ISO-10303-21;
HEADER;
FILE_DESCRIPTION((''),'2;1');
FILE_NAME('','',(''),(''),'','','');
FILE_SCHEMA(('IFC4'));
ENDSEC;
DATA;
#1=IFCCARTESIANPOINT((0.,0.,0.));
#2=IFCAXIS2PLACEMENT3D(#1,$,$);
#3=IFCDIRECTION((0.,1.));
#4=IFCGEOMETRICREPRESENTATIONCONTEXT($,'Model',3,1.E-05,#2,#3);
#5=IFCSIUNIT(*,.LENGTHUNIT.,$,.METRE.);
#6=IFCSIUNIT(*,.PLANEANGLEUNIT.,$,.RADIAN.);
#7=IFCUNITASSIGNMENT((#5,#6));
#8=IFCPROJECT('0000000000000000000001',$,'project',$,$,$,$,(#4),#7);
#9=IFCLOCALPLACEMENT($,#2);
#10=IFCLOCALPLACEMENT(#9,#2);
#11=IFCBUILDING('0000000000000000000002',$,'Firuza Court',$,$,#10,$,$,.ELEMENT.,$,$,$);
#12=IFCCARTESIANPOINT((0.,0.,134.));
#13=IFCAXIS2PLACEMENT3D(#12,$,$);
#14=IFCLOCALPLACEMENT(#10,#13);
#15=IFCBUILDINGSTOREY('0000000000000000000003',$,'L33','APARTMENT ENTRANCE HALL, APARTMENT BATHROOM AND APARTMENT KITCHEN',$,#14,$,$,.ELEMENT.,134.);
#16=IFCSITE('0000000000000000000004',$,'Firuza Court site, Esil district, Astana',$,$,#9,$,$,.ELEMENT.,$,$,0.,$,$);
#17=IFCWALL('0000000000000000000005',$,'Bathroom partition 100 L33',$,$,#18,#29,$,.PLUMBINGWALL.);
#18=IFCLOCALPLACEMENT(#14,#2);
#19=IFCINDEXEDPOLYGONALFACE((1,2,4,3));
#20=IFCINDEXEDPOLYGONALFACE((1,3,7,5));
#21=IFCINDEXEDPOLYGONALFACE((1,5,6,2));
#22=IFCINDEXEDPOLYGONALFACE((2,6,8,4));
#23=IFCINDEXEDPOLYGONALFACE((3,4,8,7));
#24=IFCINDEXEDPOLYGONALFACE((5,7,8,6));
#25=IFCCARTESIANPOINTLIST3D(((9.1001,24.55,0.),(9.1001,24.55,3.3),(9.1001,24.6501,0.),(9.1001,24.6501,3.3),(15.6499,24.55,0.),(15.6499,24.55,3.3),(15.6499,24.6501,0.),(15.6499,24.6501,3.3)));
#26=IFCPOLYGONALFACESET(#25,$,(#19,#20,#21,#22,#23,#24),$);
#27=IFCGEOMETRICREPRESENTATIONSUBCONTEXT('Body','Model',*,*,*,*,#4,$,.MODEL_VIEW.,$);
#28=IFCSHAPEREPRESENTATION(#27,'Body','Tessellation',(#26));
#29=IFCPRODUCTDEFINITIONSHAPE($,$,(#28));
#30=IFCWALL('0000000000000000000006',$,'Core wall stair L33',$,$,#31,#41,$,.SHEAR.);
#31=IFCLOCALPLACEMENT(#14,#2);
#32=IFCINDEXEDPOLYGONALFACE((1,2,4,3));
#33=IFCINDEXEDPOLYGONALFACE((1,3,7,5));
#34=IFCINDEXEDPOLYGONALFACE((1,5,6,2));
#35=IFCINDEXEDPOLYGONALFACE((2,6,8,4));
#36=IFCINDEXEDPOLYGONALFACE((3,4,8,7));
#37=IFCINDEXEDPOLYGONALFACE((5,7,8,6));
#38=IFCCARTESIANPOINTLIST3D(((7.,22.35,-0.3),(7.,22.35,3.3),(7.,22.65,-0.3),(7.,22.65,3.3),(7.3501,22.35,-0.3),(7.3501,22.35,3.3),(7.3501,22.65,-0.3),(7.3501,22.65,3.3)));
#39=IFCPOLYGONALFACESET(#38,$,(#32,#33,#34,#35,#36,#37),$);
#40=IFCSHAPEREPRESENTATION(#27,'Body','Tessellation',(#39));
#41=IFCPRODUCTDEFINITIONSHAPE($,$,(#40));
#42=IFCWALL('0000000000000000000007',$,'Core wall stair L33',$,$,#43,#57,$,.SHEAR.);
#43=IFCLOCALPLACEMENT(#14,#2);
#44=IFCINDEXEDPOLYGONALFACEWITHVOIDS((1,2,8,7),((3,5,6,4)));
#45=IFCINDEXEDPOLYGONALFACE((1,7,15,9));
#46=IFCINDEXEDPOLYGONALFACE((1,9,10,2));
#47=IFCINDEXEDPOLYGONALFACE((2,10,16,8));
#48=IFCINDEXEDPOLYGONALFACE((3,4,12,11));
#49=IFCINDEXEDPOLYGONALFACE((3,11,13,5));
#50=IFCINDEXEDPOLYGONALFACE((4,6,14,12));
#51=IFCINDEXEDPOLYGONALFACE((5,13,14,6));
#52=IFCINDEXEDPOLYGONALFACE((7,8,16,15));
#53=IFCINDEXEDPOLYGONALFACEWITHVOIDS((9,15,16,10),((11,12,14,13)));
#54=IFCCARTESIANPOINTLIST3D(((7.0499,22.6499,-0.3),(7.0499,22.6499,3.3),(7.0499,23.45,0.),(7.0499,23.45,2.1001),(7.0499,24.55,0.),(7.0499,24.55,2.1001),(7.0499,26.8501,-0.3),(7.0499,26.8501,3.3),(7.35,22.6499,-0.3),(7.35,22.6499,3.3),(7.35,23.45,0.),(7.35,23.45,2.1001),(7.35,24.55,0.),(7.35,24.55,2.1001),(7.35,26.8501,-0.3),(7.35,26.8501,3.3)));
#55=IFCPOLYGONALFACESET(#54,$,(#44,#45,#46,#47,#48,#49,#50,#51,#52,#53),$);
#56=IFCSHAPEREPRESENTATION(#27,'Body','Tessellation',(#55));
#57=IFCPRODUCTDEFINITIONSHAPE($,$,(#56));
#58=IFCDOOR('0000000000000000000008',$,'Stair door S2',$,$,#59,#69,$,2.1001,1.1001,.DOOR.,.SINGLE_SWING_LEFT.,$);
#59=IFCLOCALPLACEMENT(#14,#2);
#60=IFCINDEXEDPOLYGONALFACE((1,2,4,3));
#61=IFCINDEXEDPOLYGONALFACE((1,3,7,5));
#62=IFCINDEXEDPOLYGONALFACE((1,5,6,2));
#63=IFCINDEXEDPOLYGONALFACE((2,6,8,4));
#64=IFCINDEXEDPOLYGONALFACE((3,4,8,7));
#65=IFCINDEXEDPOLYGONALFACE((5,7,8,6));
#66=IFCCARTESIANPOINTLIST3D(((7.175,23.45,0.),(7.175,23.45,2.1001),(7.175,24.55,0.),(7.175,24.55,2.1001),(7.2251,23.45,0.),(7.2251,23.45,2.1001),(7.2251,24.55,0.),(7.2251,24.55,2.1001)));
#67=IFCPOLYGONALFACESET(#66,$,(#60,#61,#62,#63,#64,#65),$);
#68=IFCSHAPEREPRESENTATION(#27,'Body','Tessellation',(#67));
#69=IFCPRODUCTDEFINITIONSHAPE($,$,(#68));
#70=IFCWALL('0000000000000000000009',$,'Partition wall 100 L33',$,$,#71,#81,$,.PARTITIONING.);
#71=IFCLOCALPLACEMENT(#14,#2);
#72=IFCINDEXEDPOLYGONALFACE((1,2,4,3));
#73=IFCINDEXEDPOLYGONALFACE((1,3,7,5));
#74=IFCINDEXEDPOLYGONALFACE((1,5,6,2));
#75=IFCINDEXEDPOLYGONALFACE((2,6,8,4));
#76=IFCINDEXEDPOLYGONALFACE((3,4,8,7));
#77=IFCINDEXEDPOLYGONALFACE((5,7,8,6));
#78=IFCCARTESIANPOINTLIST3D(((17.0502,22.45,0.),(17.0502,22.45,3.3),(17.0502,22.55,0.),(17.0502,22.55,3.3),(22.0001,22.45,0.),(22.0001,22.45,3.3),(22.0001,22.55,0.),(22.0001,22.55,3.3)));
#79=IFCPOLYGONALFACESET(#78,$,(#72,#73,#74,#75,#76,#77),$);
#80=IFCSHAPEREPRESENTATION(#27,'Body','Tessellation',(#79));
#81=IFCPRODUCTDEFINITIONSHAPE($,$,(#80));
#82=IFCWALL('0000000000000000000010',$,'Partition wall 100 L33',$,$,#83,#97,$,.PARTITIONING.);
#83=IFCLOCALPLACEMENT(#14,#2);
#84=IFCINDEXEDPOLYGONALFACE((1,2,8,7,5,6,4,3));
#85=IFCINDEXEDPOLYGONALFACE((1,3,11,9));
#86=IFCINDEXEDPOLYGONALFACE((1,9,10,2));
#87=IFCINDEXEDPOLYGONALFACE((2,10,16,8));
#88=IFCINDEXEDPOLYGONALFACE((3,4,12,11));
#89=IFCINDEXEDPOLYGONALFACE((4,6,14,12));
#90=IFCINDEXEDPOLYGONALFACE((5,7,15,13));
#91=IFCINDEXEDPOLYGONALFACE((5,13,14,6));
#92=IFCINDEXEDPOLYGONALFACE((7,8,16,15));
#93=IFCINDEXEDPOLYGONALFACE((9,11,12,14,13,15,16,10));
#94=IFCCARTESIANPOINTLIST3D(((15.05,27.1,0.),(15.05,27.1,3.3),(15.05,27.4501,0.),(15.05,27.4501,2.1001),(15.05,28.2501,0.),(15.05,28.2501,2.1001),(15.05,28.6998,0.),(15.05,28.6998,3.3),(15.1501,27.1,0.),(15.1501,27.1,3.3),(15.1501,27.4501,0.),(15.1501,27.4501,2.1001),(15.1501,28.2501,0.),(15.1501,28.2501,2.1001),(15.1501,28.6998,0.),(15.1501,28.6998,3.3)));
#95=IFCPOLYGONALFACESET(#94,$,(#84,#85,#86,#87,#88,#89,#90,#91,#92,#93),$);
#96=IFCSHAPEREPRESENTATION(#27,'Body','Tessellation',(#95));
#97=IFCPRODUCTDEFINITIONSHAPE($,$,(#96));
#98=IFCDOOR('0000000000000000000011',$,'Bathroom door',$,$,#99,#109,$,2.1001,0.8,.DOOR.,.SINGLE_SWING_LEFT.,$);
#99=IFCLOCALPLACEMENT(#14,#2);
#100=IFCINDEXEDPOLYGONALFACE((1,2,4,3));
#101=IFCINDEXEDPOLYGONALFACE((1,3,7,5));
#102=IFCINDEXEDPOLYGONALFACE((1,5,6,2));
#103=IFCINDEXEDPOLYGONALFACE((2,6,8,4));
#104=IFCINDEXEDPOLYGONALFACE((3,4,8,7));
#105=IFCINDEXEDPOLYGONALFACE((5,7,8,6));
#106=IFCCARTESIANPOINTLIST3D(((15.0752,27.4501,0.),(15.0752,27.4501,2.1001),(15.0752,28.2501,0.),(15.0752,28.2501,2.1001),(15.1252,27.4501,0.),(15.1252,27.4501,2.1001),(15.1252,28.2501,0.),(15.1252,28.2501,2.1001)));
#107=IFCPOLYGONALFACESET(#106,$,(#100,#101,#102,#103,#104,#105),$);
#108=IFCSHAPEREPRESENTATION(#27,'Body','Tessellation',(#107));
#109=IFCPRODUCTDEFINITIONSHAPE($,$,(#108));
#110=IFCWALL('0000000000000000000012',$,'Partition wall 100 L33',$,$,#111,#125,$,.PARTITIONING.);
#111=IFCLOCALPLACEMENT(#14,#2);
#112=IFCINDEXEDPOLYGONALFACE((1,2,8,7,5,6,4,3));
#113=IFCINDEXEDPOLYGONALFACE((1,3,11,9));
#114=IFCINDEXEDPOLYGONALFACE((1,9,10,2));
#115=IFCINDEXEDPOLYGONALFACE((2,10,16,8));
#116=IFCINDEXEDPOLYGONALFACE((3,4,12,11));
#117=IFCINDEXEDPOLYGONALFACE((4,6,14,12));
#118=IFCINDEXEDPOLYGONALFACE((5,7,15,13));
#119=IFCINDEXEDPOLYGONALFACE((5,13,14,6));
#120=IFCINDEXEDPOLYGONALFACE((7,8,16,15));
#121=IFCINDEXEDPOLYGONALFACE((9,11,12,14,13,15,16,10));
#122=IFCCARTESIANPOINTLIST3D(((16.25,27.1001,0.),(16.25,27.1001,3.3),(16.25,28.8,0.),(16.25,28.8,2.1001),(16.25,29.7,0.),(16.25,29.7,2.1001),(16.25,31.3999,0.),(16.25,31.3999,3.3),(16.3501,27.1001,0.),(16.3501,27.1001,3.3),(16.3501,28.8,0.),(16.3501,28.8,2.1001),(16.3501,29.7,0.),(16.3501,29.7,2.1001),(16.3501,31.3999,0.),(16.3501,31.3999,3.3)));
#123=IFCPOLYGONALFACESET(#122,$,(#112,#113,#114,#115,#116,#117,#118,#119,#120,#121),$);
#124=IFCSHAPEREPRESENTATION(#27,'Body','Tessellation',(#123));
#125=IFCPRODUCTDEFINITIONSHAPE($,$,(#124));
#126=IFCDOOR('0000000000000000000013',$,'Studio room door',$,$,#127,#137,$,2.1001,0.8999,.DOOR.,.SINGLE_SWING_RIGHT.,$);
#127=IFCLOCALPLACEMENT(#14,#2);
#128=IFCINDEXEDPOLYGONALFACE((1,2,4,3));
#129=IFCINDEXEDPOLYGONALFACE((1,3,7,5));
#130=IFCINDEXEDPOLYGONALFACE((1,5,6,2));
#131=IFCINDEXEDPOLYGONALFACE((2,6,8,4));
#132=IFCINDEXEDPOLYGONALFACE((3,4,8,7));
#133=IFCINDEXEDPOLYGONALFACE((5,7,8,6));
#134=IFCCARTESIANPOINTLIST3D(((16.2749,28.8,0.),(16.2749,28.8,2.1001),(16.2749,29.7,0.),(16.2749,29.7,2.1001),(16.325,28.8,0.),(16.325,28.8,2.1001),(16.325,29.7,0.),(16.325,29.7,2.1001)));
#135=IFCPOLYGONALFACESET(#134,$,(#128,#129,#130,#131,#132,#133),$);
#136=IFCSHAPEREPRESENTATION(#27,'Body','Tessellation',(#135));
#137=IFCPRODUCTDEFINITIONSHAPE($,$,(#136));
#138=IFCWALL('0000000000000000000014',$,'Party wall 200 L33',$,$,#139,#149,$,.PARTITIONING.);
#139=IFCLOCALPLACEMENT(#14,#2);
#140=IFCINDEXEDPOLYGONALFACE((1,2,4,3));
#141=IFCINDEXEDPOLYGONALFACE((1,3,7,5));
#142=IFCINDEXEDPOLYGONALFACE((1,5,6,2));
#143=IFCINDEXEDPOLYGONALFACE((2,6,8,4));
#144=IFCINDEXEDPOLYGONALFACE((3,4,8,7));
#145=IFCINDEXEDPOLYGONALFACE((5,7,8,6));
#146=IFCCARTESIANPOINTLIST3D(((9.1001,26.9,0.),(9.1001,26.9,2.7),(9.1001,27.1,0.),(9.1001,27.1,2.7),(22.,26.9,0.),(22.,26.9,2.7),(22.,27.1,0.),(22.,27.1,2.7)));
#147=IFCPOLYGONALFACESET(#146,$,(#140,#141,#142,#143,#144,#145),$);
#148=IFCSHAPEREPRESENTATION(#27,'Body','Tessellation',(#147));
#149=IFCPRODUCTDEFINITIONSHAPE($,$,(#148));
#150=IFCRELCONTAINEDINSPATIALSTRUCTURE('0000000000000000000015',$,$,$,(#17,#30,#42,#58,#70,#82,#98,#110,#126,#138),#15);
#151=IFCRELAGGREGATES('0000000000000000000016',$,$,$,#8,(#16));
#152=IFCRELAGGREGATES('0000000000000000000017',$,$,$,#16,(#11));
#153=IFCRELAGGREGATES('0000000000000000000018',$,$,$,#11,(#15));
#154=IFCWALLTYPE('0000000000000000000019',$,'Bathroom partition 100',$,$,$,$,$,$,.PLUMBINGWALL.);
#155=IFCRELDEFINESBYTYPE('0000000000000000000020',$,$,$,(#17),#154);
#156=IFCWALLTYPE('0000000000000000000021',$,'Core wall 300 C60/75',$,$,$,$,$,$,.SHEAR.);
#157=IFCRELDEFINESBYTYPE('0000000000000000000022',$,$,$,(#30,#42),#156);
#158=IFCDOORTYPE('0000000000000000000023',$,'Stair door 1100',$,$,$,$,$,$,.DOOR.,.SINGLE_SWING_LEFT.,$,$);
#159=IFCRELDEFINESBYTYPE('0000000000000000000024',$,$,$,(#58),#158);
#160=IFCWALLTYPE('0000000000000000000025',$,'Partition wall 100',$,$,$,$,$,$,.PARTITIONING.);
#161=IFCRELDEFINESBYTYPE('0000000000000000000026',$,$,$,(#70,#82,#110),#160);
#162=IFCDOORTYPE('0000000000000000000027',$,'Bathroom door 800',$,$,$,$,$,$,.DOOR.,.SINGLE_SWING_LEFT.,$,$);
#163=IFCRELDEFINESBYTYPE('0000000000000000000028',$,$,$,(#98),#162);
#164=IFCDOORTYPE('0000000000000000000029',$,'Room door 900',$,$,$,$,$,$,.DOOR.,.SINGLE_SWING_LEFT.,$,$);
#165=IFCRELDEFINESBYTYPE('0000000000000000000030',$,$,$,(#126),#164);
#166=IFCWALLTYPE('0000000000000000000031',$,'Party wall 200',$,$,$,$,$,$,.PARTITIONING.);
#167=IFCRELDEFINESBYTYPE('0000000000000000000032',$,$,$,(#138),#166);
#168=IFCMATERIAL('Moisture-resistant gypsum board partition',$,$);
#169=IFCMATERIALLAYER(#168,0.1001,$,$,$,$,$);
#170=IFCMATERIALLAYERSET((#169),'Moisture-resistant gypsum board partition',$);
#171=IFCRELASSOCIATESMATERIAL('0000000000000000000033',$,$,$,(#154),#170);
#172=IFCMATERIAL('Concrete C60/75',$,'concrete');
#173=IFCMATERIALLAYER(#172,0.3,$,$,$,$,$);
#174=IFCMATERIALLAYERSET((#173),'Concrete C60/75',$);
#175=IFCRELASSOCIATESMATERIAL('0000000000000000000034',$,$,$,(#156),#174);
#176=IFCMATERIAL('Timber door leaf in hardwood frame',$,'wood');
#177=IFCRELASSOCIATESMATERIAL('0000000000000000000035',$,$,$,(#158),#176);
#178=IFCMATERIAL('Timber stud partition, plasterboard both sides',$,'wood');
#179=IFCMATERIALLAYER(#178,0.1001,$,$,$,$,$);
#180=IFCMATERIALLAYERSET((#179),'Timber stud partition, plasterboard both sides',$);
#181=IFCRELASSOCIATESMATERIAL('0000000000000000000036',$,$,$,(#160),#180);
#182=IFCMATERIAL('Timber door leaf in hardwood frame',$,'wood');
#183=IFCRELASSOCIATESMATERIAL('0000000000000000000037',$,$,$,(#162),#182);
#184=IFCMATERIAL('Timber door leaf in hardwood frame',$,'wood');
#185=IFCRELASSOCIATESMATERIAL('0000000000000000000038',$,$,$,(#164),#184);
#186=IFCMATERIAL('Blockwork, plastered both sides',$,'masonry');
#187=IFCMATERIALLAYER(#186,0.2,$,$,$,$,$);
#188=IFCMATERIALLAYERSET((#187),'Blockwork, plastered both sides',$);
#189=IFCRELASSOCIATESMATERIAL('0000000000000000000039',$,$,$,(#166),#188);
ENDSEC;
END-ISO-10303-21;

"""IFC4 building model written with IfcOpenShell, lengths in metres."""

from ifc_helpers import new_model, si_unit, direction, frame, frame_2d, origin, place, context, subcontext, project, spatial, rectangle, extrude, material, layer, layer_set, type_object, element, fill, save


model = new_model("IFC4")

# Units and contexts
model_context = context("Model", 3, precision=1e-05, world=origin(), true_north=direction((0.0, 1.0)))
body_context = subcontext(model_context, "Body", "Model", "MODEL_VIEW")
ifc_project = project(units=[si_unit("LENGTHUNIT", "METRE"), si_unit("PLANEANGLEUNIT", "RADIAN")], contexts=[model_context])

# Site, building, storey
site_placement = place(None, origin())
site = spatial("IfcSite", under=ifc_project, at=site_placement, Name="Firuza Court site, Esil district, Astana", CompositionType="ELEMENT", RefElevation=0.0)
building_placement = place(site_placement, origin())
building = spatial("IfcBuilding", under=site, at=building_placement, Name="Firuza Court", CompositionType="ELEMENT")
storey_placement = place(building_placement, frame((0.0, 0.0, 134.0)))
storey = spatial("IfcBuildingStorey", under=building, at=storey_placement, Name="L33", Description="APARTMENT ENTRANCE HALL, APARTMENT BATHROOM AND APARTMENT KITCHEN", CompositionType="ELEMENT", Elevation=134.0)

# Walls
ifc_material_1 = material(Name="Moisture-resistant gypsum board partition")
ifc_layer_1 = layer(ifc_material_1, 0.1001)
ifc_layer_set_1 = layer_set([ifc_layer_1], Name="Moisture-resistant gypsum board partition")
wall_type_1 = type_object("IfcWallType", Name="Bathroom partition 100", PredefinedType="PLUMBINGWALL", material=ifc_layer_set_1)
wall_1_placement = place(storey_placement, frame((9.1001, 24.6001, 0.0), z_axis=(0.0, 0.0, 1.0), x_axis=(1.0, 0.0, 0.0)))
element("IfcWall", 1, at=wall_1_placement, inside=storey, type_object=wall_type_1, Name="Bathroom partition 100 L33", PredefinedType="PLUMBINGWALL", context=body_context, shape_type="SweptSolid", body=[
    extrude(rectangle(XDim=6.5498, YDim=0.1001, at=frame_2d((3.2749, 0.0))), origin(), (0.0, 0.0, 1.0), 3.3),
])
ifc_material_2 = material(Name="Concrete C60/75", Category="concrete")
ifc_layer_2 = layer(ifc_material_2, 0.3)
ifc_layer_set_2 = layer_set([ifc_layer_2], Name="Concrete C60/75")
wall_type_2 = type_object("IfcWallType", Name="Core wall 300 C60/75", PredefinedType="SHEAR", material=ifc_layer_set_2)
wall_2_placement = place(storey_placement, frame((7.0, 22.5, -0.3), z_axis=(0.0, 0.0, 1.0), x_axis=(1.0, 0.0, 0.0)))
element("IfcWall", 2, at=wall_2_placement, inside=storey, type_object=wall_type_2, Name="Core wall stair L33", PredefinedType="SHEAR", context=body_context, shape_type="SweptSolid", body=[
    extrude(rectangle(XDim=0.3501, YDim=0.3, at=frame_2d((0.175, 0.0))), origin(), (0.0, 0.0, 1.0), 3.6001),
])

# Wall, opening, door
wall_3_placement = place(storey_placement, frame((7.2, 22.6499, -0.3), z_axis=(0.0, 0.0, 1.0), x_axis=(0.0, 1.0, 0.0)))
wall_3 = element("IfcWall", 3, at=wall_3_placement, inside=storey, type_object=wall_type_2, Name="Core wall stair L33", PredefinedType="SHEAR", context=body_context, shape_type="SweptSolid", body=[
    extrude(rectangle(XDim=4.2002, YDim=0.3, at=frame_2d((2.1001, 0.0))), origin(), (0.0, 0.0, 1.0), 3.6001),
])
opening_1_placement = place(wall_3_placement, frame((0.8, 0.0, 0.3)))
opening_1 = element("IfcOpeningElement", 4, at=opening_1_placement, cuts=wall_3, PredefinedType="OPENING", context=body_context, shape_type="SweptSolid", body=[
    extrude(rectangle(XDim=1.1001, YDim=2.1001, at=frame_2d((0.55, 1.05))), frame((0.0, 0.1621, 0.0), z_axis=(0.0, -1.0, 0.0), x_axis=(1.0, 0.0, 0.0)), (0.0, 0.0, 1.0), 0.324),
])
ifc_material_3 = material(Name="Timber door leaf in hardwood frame", Category="wood")
door_type_1 = type_object("IfcDoorType", Name="Stair door 1100", OperationType="SINGLE_SWING_LEFT", PredefinedType="DOOR", material=ifc_material_3)
door_1_placement = place(opening_1_placement, origin())
door_1 = element("IfcDoor", 5, at=door_1_placement, inside=storey, type_object=door_type_1, Name="Stair door S2", OperationType="SINGLE_SWING_LEFT", OverallHeight=2.1001, OverallWidth=1.1001, PredefinedType="DOOR", context=body_context, shape_type="SweptSolid", body=[
    extrude(rectangle(XDim=1.1001, YDim=2.1001, at=frame_2d((0.55, 1.05))), frame((0.0, 0.0249, 0.0), z_axis=(0.0, -1.0, 0.0), x_axis=(1.0, 0.0, 0.0)), (0.0, 0.0, 1.0), 0.05),
])
fill(opening_1, door_1)

# Wall
ifc_material_4 = material(Name="Timber stud partition, plasterboard both sides", Category="wood")
ifc_layer_3 = layer(ifc_material_4, 0.1001)
ifc_layer_set_3 = layer_set([ifc_layer_3], Name="Timber stud partition, plasterboard both sides")
wall_type_3 = type_object("IfcWallType", Name="Partition wall 100", PredefinedType="PARTITIONING", material=ifc_layer_set_3)
wall_4_placement = place(storey_placement, frame((17.05, 22.5, 0.0), z_axis=(0.0, 0.0, 1.0), x_axis=(1.0, 0.0, 0.0)))
element("IfcWall", 6, at=wall_4_placement, inside=storey, type_object=wall_type_3, Name="Partition wall 100 L33", PredefinedType="PARTITIONING", context=body_context, shape_type="SweptSolid", body=[
    extrude(rectangle(XDim=4.95, YDim=0.1001, at=frame_2d((2.4751, 0.0))), origin(), (0.0, 0.0, 1.0), 3.3),
])

# Walls, openings, doors
wall_5_placement = place(storey_placement, frame((15.1001, 27.1001, 0.0), z_axis=(0.0, 0.0, 1.0), x_axis=(0.0, 1.0, 0.0)))
wall_5 = element("IfcWall", 7, at=wall_5_placement, inside=storey, type_object=wall_type_3, Name="Partition wall 100 L33", PredefinedType="PARTITIONING", context=body_context, shape_type="SweptSolid", body=[
    extrude(rectangle(XDim=1.5999, YDim=0.1001, at=frame_2d((0.7998, 0.0))), origin(), (0.0, 0.0, 1.0), 3.3),
])
opening_2_placement = place(wall_5_placement, frame((0.3501, 0.0, 0.0)))
opening_2 = element("IfcOpeningElement", 8, at=opening_2_placement, cuts=wall_5, PredefinedType="OPENING", context=body_context, shape_type="SweptSolid", body=[
    extrude(rectangle(XDim=0.8, YDim=2.1001, at=frame_2d((0.3999, 1.05))), frame((0.0, 0.062, 0.0), z_axis=(0.0, -1.0, 0.0), x_axis=(1.0, 0.0, 0.0)), (0.0, 0.0, 1.0), 0.124),
])
ifc_material_5 = material(Name="Timber door leaf in hardwood frame", Category="wood")
door_type_2 = type_object("IfcDoorType", Name="Bathroom door 800", OperationType="SINGLE_SWING_LEFT", PredefinedType="DOOR", material=ifc_material_5)
door_2_placement = place(opening_2_placement, origin())
door_2 = element("IfcDoor", 9, at=door_2_placement, inside=storey, type_object=door_type_2, Name="Bathroom door", OperationType="SINGLE_SWING_LEFT", OverallHeight=2.1001, OverallWidth=0.8, PredefinedType="DOOR", context=body_context, shape_type="SweptSolid", body=[
    extrude(rectangle(XDim=0.8, YDim=2.1001, at=frame_2d((0.3999, 1.05))), frame((0.0, 0.0249, 0.0), z_axis=(0.0, -1.0, 0.0), x_axis=(1.0, 0.0, 0.0)), (0.0, 0.0, 1.0), 0.05),
])
fill(opening_2, door_2)
wall_6_placement = place(storey_placement, frame((16.3, 27.1001, 0.0), z_axis=(0.0, 0.0, 1.0), x_axis=(0.0, 1.0, 0.0)))
wall_6 = element("IfcWall", 10, at=wall_6_placement, inside=storey, type_object=wall_type_3, Name="Partition wall 100 L33", PredefinedType="PARTITIONING", context=body_context, shape_type="SweptSolid", body=[
    extrude(rectangle(XDim=4.2998, YDim=0.1001, at=frame_2d((2.1499, 0.0))), origin(), (0.0, 0.0, 1.0), 3.3),
])
opening_3_placement = place(wall_6_placement, frame((1.7, 0.0, 0.0)))
opening_3 = element("IfcOpeningElement", 11, at=opening_3_placement, cuts=wall_6, PredefinedType="OPENING", context=body_context, shape_type="SweptSolid", body=[
    extrude(rectangle(XDim=0.8999, YDim=2.1001, at=frame_2d((0.45, 1.05))), frame((0.0, 0.062, 0.0), z_axis=(0.0, -1.0, 0.0), x_axis=(1.0, 0.0, 0.0)), (0.0, 0.0, 1.0), 0.124),
])
ifc_material_6 = material(Name="Timber door leaf in hardwood frame", Category="wood")
door_type_3 = type_object("IfcDoorType", Name="Room door 900", OperationType="SINGLE_SWING_LEFT", PredefinedType="DOOR", material=ifc_material_6)
door_3_placement = place(opening_3_placement, frame((0.8999, 0.0, 0.0), z_axis=(0.0, 0.0, 1.0), x_axis=(-1.0, 0.0, 0.0)))
door_3 = element("IfcDoor", 12, at=door_3_placement, inside=storey, type_object=door_type_3, Name="Studio room door", OperationType="SINGLE_SWING_RIGHT", OverallHeight=2.1001, OverallWidth=0.8999, PredefinedType="DOOR", context=body_context, shape_type="SweptSolid", body=[
    extrude(rectangle(XDim=0.8999, YDim=2.1001, at=frame_2d((0.45, 1.05))), frame((0.0, 0.0249, 0.0), z_axis=(0.0, -1.0, 0.0), x_axis=(1.0, 0.0, 0.0)), (0.0, 0.0, 1.0), 0.05),
])
fill(opening_3, door_3)

# Wall
ifc_material_7 = material(Name="Blockwork, plastered both sides", Category="masonry")
ifc_layer_4 = layer(ifc_material_7, 0.2)
ifc_layer_set_4 = layer_set([ifc_layer_4], Name="Blockwork, plastered both sides")
wall_type_4 = type_object("IfcWallType", Name="Party wall 200", PredefinedType="PARTITIONING", material=ifc_layer_set_4)
wall_7_placement = place(storey_placement, frame((9.1001, 27.0, 0.0), z_axis=(0.0, 0.0, 1.0), x_axis=(1.0, 0.0, 0.0)))
element("IfcWall", 13, at=wall_7_placement, inside=storey, type_object=wall_type_4, Name="Party wall 200 L33", PredefinedType="PARTITIONING", context=body_context, shape_type="SweptSolid", body=[
    extrude(rectangle(XDim=12.8999, YDim=0.2, at=frame_2d((6.45, 0.0))), origin(), (0.0, 0.0, 1.0), 2.7),
])

save(model, "model.ifc")
